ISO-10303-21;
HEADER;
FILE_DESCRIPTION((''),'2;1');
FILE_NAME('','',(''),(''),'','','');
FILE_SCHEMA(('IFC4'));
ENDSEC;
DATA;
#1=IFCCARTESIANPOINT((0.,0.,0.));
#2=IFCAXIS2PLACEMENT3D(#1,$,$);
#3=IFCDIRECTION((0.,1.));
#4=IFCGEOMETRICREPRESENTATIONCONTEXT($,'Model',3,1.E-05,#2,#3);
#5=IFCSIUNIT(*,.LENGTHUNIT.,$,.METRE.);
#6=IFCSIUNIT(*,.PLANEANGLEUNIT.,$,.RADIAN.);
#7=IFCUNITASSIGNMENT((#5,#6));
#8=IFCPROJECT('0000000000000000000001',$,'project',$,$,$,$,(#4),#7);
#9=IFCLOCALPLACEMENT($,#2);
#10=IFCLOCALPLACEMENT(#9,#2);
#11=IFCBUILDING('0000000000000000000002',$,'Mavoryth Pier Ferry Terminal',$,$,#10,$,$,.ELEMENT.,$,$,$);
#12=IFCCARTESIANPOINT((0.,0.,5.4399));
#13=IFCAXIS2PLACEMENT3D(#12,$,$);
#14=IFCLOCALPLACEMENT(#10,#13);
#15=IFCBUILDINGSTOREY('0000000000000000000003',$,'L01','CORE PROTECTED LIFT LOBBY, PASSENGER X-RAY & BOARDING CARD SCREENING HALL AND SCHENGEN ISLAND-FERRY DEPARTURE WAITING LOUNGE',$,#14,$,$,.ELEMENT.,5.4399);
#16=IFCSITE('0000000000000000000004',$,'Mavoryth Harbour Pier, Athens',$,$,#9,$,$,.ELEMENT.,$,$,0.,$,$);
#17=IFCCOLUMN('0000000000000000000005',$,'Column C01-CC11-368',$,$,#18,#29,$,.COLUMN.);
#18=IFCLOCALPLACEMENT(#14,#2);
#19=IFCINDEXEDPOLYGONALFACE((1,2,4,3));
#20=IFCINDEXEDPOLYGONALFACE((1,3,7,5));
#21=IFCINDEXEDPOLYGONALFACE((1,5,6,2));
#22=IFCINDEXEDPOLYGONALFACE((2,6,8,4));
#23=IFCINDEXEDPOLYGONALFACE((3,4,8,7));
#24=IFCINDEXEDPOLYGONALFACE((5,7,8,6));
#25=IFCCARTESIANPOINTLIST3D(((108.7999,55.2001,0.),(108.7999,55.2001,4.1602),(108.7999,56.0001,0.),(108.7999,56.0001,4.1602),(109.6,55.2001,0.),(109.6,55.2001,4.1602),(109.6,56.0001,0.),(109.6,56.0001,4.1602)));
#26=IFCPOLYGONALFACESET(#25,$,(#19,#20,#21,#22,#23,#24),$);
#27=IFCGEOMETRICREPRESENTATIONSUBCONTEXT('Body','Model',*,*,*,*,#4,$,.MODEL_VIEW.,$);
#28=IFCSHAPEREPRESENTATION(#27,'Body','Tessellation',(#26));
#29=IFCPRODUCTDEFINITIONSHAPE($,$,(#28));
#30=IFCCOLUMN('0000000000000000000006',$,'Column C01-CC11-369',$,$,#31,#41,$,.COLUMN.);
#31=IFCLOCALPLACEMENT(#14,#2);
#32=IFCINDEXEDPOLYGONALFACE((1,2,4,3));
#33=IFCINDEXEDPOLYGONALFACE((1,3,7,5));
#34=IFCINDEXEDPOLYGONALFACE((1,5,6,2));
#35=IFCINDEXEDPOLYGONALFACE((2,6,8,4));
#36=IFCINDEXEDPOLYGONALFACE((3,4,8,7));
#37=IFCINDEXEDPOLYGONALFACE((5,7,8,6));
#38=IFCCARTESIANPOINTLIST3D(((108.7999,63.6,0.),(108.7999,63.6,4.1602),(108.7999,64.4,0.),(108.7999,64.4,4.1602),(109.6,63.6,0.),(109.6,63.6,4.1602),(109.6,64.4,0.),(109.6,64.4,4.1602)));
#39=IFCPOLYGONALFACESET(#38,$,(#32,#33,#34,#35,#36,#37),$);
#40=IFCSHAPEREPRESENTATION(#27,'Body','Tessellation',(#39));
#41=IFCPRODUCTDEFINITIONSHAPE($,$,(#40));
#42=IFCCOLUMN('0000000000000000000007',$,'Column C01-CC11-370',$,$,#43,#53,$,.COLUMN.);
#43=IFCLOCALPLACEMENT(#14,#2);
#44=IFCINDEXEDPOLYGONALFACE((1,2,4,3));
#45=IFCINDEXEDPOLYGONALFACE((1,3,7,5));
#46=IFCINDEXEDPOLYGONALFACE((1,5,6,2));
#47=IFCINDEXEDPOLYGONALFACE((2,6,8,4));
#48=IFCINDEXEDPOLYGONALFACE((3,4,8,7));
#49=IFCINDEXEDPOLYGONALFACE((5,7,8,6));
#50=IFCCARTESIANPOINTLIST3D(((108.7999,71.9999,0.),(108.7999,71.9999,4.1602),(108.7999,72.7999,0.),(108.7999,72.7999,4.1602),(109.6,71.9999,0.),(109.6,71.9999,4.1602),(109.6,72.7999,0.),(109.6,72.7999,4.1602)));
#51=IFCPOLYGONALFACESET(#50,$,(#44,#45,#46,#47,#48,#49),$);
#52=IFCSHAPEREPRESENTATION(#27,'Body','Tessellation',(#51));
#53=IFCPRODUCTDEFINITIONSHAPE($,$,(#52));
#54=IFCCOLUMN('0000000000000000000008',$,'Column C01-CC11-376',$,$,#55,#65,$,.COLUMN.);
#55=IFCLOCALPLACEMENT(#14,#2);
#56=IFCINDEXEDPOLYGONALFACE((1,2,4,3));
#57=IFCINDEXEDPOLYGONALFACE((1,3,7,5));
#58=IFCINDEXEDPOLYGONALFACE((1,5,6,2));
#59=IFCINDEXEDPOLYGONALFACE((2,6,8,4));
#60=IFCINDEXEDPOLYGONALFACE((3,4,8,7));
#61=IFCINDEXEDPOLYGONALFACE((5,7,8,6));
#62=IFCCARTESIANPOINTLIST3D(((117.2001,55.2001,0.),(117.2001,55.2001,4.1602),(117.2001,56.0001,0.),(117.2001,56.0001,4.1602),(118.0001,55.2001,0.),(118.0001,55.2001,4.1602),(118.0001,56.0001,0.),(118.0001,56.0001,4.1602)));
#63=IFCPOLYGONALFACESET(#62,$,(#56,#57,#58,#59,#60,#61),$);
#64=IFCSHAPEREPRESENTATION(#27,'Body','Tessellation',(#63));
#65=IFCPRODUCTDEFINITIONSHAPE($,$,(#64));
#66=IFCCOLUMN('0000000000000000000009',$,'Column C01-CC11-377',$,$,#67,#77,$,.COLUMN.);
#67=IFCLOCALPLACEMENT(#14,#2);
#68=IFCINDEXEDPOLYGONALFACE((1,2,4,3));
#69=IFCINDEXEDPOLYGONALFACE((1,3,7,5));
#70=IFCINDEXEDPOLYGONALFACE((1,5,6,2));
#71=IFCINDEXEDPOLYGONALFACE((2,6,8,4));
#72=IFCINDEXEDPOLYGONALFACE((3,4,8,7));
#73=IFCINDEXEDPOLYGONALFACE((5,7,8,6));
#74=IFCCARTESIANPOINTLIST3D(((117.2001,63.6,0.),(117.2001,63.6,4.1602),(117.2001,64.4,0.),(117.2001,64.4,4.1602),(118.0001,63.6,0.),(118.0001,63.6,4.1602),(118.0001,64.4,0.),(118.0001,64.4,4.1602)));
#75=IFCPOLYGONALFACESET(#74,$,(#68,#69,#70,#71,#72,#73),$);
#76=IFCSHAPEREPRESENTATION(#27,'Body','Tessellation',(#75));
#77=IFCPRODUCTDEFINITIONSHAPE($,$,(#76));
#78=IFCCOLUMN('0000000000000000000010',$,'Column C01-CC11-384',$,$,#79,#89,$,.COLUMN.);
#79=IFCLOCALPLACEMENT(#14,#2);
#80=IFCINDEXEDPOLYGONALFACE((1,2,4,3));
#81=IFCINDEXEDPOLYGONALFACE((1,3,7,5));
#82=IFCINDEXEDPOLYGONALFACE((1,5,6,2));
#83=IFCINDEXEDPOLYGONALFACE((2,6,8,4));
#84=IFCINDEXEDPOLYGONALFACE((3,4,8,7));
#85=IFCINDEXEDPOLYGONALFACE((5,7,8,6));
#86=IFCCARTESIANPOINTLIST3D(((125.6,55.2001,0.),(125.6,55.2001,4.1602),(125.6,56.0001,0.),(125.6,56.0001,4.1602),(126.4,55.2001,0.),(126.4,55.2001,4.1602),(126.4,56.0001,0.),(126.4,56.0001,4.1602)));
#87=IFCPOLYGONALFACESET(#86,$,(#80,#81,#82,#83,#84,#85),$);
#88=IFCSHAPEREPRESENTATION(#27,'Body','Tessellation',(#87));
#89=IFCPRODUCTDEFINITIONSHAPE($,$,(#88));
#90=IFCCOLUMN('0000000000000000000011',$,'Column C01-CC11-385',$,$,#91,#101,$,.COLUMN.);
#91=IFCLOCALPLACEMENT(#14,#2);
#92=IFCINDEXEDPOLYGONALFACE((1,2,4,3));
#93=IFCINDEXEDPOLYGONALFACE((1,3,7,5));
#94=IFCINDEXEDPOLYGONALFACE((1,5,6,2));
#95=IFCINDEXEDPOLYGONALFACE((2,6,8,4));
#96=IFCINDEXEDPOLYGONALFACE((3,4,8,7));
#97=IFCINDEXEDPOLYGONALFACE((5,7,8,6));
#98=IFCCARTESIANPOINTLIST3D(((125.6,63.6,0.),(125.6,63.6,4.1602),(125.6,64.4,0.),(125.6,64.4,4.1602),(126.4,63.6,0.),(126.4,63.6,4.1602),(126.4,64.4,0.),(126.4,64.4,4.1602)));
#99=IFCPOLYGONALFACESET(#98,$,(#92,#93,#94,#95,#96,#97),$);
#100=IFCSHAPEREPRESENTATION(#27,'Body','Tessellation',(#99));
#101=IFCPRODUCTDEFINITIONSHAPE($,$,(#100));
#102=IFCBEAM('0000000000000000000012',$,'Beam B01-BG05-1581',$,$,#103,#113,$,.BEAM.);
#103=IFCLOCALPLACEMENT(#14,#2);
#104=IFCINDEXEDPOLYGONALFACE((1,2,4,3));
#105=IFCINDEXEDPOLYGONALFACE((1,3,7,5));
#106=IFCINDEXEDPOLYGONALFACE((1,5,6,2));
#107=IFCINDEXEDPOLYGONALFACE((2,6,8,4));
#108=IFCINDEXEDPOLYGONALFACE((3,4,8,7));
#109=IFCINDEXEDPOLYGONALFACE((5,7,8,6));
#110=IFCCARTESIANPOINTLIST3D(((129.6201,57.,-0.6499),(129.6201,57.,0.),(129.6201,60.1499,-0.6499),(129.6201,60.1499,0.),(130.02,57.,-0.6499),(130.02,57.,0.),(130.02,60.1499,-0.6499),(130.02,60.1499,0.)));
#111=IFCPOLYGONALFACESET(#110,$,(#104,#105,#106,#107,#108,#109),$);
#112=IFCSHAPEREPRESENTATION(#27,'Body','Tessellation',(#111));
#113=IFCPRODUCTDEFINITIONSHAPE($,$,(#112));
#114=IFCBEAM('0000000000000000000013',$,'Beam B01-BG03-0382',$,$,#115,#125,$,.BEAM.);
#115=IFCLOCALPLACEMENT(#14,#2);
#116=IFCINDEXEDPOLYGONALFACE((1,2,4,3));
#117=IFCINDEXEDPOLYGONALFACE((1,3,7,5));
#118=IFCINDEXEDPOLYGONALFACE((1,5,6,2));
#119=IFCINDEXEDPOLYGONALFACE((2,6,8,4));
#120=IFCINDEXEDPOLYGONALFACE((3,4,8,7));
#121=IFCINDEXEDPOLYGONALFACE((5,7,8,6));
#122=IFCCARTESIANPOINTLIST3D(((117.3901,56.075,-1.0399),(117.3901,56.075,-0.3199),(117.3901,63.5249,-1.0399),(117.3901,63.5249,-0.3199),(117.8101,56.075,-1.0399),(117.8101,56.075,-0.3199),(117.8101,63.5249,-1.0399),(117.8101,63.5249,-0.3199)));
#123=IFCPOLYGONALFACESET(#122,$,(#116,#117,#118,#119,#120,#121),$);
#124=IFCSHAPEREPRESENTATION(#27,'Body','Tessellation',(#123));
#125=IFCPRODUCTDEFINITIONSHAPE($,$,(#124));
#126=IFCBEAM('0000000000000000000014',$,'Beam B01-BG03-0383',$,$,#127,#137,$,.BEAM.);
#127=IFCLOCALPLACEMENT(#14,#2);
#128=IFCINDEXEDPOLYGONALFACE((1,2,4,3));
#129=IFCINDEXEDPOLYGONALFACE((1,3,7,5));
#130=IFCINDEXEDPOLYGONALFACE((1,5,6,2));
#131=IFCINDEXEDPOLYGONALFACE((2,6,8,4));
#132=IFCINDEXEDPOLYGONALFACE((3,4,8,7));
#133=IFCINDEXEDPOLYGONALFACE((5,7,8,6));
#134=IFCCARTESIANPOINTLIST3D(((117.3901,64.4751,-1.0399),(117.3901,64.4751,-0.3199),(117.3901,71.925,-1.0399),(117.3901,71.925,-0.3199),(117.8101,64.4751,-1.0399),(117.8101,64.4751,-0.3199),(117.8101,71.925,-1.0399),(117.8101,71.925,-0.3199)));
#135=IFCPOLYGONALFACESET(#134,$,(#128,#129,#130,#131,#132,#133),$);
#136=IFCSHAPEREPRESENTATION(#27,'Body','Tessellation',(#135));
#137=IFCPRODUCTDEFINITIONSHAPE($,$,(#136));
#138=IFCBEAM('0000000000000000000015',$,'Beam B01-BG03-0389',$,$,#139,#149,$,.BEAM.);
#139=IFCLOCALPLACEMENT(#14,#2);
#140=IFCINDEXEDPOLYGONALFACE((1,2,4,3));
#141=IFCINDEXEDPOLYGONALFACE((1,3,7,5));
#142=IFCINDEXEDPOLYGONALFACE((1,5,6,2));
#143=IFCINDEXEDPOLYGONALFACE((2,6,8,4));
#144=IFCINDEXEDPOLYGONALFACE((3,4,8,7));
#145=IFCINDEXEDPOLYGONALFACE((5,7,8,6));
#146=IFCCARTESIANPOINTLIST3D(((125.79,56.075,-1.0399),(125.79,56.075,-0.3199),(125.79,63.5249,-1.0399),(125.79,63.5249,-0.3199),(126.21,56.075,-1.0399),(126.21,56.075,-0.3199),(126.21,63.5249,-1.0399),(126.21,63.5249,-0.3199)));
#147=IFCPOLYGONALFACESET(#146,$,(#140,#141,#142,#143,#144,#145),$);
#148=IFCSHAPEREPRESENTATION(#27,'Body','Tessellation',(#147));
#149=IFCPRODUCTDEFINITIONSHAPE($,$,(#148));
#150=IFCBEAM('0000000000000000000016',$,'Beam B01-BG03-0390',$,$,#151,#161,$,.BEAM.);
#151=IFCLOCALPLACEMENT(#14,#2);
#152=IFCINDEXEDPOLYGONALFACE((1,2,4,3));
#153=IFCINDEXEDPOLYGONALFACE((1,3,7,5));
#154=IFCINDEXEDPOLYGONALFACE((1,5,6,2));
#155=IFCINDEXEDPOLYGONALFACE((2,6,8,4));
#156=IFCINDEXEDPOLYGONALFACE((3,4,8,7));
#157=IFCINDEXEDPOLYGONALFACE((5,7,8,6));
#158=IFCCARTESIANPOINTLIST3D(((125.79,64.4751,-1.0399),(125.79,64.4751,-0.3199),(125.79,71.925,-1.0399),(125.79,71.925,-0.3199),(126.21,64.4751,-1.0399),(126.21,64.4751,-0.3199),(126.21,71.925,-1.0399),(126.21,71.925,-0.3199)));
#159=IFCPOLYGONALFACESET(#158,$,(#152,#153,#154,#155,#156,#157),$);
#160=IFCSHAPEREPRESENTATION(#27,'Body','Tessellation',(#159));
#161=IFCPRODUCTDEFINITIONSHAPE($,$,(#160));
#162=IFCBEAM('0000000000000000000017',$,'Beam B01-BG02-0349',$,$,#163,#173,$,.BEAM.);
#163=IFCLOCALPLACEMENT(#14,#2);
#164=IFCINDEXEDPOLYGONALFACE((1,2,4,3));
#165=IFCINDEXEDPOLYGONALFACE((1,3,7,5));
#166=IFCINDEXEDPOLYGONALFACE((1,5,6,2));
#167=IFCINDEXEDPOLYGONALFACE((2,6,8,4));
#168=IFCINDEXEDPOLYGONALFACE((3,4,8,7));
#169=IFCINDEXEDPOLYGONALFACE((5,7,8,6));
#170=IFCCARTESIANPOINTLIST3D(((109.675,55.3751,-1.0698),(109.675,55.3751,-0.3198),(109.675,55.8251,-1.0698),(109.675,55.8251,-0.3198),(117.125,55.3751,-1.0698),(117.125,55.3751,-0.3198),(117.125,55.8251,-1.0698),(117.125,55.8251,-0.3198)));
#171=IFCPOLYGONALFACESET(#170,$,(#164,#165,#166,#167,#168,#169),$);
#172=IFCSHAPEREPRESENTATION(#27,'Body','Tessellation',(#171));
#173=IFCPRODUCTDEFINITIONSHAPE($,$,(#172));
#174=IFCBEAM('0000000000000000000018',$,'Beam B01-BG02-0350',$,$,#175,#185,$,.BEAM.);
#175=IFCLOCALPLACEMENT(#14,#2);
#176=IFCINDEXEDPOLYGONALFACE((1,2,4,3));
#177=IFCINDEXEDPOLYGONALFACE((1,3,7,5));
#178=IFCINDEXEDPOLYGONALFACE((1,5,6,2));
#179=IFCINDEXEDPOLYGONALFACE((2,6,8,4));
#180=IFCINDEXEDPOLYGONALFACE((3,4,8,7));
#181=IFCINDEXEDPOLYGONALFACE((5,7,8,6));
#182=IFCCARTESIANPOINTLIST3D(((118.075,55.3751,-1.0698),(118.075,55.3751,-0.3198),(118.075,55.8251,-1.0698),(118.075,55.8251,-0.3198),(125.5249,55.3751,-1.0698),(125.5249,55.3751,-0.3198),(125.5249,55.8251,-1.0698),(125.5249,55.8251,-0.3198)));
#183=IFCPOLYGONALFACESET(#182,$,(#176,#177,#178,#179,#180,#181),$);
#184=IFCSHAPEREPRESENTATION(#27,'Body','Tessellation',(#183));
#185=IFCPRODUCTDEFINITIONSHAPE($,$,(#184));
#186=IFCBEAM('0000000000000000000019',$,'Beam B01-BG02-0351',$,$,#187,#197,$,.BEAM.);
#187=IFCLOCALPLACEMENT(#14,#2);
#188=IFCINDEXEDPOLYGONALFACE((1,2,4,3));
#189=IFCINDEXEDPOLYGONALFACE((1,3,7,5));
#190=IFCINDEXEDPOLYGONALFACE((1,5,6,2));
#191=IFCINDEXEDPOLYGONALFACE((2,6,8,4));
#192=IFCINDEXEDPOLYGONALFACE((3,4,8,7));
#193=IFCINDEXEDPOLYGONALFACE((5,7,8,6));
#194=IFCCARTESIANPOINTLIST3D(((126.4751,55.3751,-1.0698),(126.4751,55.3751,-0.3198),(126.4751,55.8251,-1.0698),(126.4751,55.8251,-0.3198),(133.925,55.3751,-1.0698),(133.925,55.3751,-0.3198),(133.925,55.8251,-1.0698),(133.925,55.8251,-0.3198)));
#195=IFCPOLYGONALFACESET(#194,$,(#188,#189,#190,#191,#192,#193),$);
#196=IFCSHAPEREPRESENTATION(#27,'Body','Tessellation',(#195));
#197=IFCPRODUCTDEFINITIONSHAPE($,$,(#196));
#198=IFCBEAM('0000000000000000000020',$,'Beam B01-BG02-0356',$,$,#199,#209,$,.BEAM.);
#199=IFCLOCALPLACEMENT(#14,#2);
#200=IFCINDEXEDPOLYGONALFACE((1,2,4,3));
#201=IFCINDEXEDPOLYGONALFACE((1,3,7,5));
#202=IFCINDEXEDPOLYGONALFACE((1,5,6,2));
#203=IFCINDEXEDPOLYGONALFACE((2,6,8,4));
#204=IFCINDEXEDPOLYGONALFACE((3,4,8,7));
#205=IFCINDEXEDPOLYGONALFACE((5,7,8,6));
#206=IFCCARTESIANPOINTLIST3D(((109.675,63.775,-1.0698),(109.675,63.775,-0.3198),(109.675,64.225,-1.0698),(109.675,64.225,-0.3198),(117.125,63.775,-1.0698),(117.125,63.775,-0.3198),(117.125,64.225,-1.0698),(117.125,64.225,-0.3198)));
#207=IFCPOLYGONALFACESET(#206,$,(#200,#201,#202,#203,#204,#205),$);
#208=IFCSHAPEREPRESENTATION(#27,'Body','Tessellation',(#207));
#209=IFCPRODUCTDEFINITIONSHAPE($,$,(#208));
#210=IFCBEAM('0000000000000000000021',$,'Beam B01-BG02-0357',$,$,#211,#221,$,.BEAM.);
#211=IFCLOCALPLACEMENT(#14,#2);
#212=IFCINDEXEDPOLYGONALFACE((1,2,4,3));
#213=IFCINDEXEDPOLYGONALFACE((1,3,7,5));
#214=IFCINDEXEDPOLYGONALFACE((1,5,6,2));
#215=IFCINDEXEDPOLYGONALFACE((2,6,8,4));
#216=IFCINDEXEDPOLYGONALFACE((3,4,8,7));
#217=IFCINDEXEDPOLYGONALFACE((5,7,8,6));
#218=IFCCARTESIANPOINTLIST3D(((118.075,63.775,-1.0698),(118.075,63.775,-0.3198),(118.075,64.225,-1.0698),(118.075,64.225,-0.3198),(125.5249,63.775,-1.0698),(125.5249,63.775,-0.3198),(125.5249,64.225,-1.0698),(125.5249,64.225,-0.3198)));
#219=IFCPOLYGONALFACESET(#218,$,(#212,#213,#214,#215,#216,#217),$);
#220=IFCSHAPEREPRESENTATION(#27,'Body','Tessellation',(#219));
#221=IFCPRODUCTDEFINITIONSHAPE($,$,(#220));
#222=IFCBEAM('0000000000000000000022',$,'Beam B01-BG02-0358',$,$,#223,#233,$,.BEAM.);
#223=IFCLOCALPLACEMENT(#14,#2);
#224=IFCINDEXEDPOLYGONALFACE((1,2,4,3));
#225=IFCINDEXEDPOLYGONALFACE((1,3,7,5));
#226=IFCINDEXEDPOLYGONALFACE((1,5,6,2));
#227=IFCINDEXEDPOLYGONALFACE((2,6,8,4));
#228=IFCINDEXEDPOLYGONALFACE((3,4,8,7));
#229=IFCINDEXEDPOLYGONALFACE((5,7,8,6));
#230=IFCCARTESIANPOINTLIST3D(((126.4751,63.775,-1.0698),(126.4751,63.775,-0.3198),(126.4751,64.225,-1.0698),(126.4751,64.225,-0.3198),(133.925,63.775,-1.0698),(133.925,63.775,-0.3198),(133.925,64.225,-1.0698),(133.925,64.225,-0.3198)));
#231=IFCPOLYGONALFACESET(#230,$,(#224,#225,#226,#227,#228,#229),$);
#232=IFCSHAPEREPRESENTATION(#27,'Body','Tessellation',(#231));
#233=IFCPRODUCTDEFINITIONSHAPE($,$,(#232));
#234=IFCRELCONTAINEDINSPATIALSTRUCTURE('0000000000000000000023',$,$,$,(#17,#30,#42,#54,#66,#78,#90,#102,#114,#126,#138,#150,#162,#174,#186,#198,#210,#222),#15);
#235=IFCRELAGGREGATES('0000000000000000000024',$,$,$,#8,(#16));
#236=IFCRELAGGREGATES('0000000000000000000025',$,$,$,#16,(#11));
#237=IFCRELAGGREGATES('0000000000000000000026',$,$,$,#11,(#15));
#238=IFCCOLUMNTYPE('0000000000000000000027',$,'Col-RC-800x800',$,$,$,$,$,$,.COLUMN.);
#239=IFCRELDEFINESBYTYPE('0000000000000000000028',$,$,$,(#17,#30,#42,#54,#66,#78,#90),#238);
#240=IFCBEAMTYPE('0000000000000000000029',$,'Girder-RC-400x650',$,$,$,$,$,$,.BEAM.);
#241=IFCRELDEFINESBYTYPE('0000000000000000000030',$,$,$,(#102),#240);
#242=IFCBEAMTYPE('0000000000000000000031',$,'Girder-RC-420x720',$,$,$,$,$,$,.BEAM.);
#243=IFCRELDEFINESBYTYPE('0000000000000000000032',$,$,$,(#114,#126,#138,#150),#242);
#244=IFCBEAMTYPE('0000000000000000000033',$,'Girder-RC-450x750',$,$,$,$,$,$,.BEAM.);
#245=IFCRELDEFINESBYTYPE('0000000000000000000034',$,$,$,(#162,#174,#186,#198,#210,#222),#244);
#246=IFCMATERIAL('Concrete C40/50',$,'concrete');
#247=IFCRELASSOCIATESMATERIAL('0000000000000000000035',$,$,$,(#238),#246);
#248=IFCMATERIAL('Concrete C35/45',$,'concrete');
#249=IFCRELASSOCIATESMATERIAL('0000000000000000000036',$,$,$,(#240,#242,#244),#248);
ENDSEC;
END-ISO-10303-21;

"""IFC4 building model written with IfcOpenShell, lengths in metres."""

from ifc_helpers import new_model, si_unit, direction, frame, origin, origin_2d, place, context, subcontext, project, spatial, rectangle, extrude, material, material_profile, profile_set, type_object, element, save


model = new_model("IFC4")

# Units and contexts
model_context = context("Model", 3, precision=1e-05, world=origin(), true_north=direction((0.0, 1.0)))
body_context = subcontext(model_context, "Body", "Model", "MODEL_VIEW")
ifc_project = project(units=[si_unit("LENGTHUNIT", "METRE"), si_unit("PLANEANGLEUNIT", "RADIAN")], contexts=[model_context])

# Site, building, storey
site_placement = place(None, origin())
site = spatial("IfcSite", under=ifc_project, at=site_placement, Name="Mavoryth Harbour Pier, Athens", CompositionType="ELEMENT", RefElevation=0.0)
building_placement = place(site_placement, origin())
building = spatial("IfcBuilding", under=site, at=building_placement, Name="Mavoryth Pier Ferry Terminal", CompositionType="ELEMENT")
storey_placement = place(building_placement, frame((0.0, 0.0, 5.4399)))
storey = spatial("IfcBuildingStorey", under=building, at=storey_placement, Name="L01", Description="CORE PROTECTED LIFT LOBBY, PASSENGER X-RAY & BOARDING CARD SCREENING HALL AND SCHENGEN ISLAND-FERRY DEPARTURE WAITING LOUNGE", CompositionType="ELEMENT", Elevation=5.4399)

# Columns
ifc_material_1 = material(Name="Concrete C40/50", Category="concrete")
ifc_material_profile_1 = material_profile(ifc_material_1, rectangle(XDim=0.8, YDim=0.8, at=origin_2d()), Name="RC 800x800", Category="concrete")
ifc_profile_set_1 = profile_set([ifc_material_profile_1], Name="Concrete C40/50 - RC 800x800")
column_type = type_object("IfcColumnType", Name="Col-RC-800x800", PredefinedType="COLUMN", material=ifc_profile_set_1)
for number, where, z_axis, x_axis, name in (
    (1, (109.2, 55.6001, 0.0), (0.0, 0.0, 1.0), (1.0, 0.0, 0.0), "Column C01-CC11-368"),
    (2, (109.2, 64.0, 0.0), (0.0, 0.0, 1.0), (1.0, 0.0, 0.0), "Column C01-CC11-369"),
    (3, (109.2, 72.3999, 0.0), (0.0, 0.0, 1.0), (1.0, 0.0, 0.0), "Column C01-CC11-370"),
    (4, (117.6001, 55.6001, 0.0), (0.0, 0.0, 1.0), (1.0, 0.0, 0.0), "Column C01-CC11-376"),
    (5, (117.6001, 64.0, 0.0), (0.0, 0.0, 1.0), (1.0, 0.0, 0.0), "Column C01-CC11-377"),
    (6, (126.0, 55.6001, 0.0), (0.0, 0.0, 1.0), (1.0, 0.0, 0.0), "Column C01-CC11-384"),
    (7, (126.0, 64.0, 0.0), (0.0, 0.0, 1.0), (1.0, 0.0, 0.0), "Column C01-CC11-385"),
):
    element("IfcColumn", number, at=place(storey_placement, frame(where, z_axis=z_axis, x_axis=x_axis)), inside=storey, type_object=column_type, Name=name, PredefinedType="COLUMN", context=body_context, shape_type="SweptSolid", body=[
        extrude(rectangle(XDim=0.8, YDim=0.8, at=origin_2d()), origin(), (0.0, 0.0, 1.0), 4.1602),
    ])

# Beams
ifc_material_2 = material(Name="Concrete C35/45", Category="concrete")
ifc_material_profile_2 = material_profile(ifc_material_2, rectangle(XDim=0.3999, YDim=0.6499, at=origin_2d()), Name="RC 400x650", Category="concrete")
ifc_profile_set_2 = profile_set([ifc_material_profile_2], Name="Concrete C35/45 - RC 400x650")
beam_type_1 = type_object("IfcBeamType", Name="Girder-RC-400x650", PredefinedType="BEAM", material=ifc_profile_set_2)
beam_placement = place(storey_placement, frame((129.8201, 57.0, -0.325), z_axis=(0.0, 1.0, 0.0), x_axis=(-1.0, 0.0, 0.0)))
element("IfcBeam", 8, at=beam_placement, inside=storey, type_object=beam_type_1, Name="Beam B01-BG05-1581", PredefinedType="BEAM", context=body_context, shape_type="SweptSolid", body=[
    extrude(rectangle(XDim=0.3999, YDim=0.6499, at=origin_2d()), origin(), (0.0, 0.0, 1.0), 3.1499),
])
ifc_material_profile_3 = material_profile(ifc_material_2, rectangle(XDim=0.4199, YDim=0.72, at=origin_2d()), Name="RC 420x720", Category="concrete")
ifc_profile_set_3 = profile_set([ifc_material_profile_3], Name="Concrete C35/45 - RC 420x720")
beam_type_2 = type_object("IfcBeamType", Name="Girder-RC-420x720", PredefinedType="BEAM", material=ifc_profile_set_3)
for number, where, z_axis, x_axis, name in (
    (9, (117.6001, 56.075, -0.6799), (0.0, 1.0, 0.0), (-1.0, 0.0, 0.0), "Beam B01-BG03-0382"),
    (10, (117.6001, 64.4751, -0.6799), (0.0, 1.0, 0.0), (-1.0, 0.0, 0.0), "Beam B01-BG03-0383"),
    (11, (126.0, 56.075, -0.6799), (0.0, 1.0, 0.0), (-1.0, 0.0, 0.0), "Beam B01-BG03-0389"),
    (12, (126.0, 64.4751, -0.6799), (0.0, 1.0, 0.0), (-1.0, 0.0, 0.0), "Beam B01-BG03-0390"),
):
    element("IfcBeam", number, at=place(storey_placement, frame(where, z_axis=z_axis, x_axis=x_axis)), inside=storey, type_object=beam_type_2, Name=name, PredefinedType="BEAM", context=body_context, shape_type="SweptSolid", body=[
        extrude(rectangle(XDim=0.4199, YDim=0.72, at=origin_2d()), origin(), (0.0, 0.0, 1.0), 7.45),
    ])
ifc_material_profile_4 = material_profile(ifc_material_2, rectangle(XDim=0.45, YDim=0.75, at=origin_2d()), Name="RC 450x750", Category="concrete")
ifc_profile_set_4 = profile_set([ifc_material_profile_4], Name="Concrete C35/45 - RC 450x750")
beam_type_3 = type_object("IfcBeamType", Name="Girder-RC-450x750", PredefinedType="BEAM", material=ifc_profile_set_4)
for number, where, z_axis, x_axis, name in (
    (13, (109.675, 55.6001, -0.6948), (1.0, 0.0, 0.0), (0.0, 1.0, 0.0), "Beam B01-BG02-0349"),
    (14, (118.075, 55.6001, -0.6948), (1.0, 0.0, 0.0), (0.0, 1.0, 0.0), "Beam B01-BG02-0350"),
    (15, (126.4751, 55.6001, -0.6948), (1.0, 0.0, 0.0), (0.0, 1.0, 0.0), "Beam B01-BG02-0351"),
    (16, (109.675, 64.0, -0.6948), (1.0, 0.0, 0.0), (0.0, 1.0, 0.0), "Beam B01-BG02-0356"),
    (17, (118.075, 64.0, -0.6948), (1.0, 0.0, 0.0), (0.0, 1.0, 0.0), "Beam B01-BG02-0357"),
    (18, (126.4751, 64.0, -0.6948), (1.0, 0.0, 0.0), (0.0, 1.0, 0.0), "Beam B01-BG02-0358"),
):
    element("IfcBeam", number, at=place(storey_placement, frame(where, z_axis=z_axis, x_axis=x_axis)), inside=storey, type_object=beam_type_3, Name=name, PredefinedType="BEAM", context=body_context, shape_type="SweptSolid", body=[
        extrude(rectangle(XDim=0.45, YDim=0.75, at=origin_2d()), origin(), (0.0, 0.0, 1.0), 7.45),
    ])

save(model, "model.ifc")
